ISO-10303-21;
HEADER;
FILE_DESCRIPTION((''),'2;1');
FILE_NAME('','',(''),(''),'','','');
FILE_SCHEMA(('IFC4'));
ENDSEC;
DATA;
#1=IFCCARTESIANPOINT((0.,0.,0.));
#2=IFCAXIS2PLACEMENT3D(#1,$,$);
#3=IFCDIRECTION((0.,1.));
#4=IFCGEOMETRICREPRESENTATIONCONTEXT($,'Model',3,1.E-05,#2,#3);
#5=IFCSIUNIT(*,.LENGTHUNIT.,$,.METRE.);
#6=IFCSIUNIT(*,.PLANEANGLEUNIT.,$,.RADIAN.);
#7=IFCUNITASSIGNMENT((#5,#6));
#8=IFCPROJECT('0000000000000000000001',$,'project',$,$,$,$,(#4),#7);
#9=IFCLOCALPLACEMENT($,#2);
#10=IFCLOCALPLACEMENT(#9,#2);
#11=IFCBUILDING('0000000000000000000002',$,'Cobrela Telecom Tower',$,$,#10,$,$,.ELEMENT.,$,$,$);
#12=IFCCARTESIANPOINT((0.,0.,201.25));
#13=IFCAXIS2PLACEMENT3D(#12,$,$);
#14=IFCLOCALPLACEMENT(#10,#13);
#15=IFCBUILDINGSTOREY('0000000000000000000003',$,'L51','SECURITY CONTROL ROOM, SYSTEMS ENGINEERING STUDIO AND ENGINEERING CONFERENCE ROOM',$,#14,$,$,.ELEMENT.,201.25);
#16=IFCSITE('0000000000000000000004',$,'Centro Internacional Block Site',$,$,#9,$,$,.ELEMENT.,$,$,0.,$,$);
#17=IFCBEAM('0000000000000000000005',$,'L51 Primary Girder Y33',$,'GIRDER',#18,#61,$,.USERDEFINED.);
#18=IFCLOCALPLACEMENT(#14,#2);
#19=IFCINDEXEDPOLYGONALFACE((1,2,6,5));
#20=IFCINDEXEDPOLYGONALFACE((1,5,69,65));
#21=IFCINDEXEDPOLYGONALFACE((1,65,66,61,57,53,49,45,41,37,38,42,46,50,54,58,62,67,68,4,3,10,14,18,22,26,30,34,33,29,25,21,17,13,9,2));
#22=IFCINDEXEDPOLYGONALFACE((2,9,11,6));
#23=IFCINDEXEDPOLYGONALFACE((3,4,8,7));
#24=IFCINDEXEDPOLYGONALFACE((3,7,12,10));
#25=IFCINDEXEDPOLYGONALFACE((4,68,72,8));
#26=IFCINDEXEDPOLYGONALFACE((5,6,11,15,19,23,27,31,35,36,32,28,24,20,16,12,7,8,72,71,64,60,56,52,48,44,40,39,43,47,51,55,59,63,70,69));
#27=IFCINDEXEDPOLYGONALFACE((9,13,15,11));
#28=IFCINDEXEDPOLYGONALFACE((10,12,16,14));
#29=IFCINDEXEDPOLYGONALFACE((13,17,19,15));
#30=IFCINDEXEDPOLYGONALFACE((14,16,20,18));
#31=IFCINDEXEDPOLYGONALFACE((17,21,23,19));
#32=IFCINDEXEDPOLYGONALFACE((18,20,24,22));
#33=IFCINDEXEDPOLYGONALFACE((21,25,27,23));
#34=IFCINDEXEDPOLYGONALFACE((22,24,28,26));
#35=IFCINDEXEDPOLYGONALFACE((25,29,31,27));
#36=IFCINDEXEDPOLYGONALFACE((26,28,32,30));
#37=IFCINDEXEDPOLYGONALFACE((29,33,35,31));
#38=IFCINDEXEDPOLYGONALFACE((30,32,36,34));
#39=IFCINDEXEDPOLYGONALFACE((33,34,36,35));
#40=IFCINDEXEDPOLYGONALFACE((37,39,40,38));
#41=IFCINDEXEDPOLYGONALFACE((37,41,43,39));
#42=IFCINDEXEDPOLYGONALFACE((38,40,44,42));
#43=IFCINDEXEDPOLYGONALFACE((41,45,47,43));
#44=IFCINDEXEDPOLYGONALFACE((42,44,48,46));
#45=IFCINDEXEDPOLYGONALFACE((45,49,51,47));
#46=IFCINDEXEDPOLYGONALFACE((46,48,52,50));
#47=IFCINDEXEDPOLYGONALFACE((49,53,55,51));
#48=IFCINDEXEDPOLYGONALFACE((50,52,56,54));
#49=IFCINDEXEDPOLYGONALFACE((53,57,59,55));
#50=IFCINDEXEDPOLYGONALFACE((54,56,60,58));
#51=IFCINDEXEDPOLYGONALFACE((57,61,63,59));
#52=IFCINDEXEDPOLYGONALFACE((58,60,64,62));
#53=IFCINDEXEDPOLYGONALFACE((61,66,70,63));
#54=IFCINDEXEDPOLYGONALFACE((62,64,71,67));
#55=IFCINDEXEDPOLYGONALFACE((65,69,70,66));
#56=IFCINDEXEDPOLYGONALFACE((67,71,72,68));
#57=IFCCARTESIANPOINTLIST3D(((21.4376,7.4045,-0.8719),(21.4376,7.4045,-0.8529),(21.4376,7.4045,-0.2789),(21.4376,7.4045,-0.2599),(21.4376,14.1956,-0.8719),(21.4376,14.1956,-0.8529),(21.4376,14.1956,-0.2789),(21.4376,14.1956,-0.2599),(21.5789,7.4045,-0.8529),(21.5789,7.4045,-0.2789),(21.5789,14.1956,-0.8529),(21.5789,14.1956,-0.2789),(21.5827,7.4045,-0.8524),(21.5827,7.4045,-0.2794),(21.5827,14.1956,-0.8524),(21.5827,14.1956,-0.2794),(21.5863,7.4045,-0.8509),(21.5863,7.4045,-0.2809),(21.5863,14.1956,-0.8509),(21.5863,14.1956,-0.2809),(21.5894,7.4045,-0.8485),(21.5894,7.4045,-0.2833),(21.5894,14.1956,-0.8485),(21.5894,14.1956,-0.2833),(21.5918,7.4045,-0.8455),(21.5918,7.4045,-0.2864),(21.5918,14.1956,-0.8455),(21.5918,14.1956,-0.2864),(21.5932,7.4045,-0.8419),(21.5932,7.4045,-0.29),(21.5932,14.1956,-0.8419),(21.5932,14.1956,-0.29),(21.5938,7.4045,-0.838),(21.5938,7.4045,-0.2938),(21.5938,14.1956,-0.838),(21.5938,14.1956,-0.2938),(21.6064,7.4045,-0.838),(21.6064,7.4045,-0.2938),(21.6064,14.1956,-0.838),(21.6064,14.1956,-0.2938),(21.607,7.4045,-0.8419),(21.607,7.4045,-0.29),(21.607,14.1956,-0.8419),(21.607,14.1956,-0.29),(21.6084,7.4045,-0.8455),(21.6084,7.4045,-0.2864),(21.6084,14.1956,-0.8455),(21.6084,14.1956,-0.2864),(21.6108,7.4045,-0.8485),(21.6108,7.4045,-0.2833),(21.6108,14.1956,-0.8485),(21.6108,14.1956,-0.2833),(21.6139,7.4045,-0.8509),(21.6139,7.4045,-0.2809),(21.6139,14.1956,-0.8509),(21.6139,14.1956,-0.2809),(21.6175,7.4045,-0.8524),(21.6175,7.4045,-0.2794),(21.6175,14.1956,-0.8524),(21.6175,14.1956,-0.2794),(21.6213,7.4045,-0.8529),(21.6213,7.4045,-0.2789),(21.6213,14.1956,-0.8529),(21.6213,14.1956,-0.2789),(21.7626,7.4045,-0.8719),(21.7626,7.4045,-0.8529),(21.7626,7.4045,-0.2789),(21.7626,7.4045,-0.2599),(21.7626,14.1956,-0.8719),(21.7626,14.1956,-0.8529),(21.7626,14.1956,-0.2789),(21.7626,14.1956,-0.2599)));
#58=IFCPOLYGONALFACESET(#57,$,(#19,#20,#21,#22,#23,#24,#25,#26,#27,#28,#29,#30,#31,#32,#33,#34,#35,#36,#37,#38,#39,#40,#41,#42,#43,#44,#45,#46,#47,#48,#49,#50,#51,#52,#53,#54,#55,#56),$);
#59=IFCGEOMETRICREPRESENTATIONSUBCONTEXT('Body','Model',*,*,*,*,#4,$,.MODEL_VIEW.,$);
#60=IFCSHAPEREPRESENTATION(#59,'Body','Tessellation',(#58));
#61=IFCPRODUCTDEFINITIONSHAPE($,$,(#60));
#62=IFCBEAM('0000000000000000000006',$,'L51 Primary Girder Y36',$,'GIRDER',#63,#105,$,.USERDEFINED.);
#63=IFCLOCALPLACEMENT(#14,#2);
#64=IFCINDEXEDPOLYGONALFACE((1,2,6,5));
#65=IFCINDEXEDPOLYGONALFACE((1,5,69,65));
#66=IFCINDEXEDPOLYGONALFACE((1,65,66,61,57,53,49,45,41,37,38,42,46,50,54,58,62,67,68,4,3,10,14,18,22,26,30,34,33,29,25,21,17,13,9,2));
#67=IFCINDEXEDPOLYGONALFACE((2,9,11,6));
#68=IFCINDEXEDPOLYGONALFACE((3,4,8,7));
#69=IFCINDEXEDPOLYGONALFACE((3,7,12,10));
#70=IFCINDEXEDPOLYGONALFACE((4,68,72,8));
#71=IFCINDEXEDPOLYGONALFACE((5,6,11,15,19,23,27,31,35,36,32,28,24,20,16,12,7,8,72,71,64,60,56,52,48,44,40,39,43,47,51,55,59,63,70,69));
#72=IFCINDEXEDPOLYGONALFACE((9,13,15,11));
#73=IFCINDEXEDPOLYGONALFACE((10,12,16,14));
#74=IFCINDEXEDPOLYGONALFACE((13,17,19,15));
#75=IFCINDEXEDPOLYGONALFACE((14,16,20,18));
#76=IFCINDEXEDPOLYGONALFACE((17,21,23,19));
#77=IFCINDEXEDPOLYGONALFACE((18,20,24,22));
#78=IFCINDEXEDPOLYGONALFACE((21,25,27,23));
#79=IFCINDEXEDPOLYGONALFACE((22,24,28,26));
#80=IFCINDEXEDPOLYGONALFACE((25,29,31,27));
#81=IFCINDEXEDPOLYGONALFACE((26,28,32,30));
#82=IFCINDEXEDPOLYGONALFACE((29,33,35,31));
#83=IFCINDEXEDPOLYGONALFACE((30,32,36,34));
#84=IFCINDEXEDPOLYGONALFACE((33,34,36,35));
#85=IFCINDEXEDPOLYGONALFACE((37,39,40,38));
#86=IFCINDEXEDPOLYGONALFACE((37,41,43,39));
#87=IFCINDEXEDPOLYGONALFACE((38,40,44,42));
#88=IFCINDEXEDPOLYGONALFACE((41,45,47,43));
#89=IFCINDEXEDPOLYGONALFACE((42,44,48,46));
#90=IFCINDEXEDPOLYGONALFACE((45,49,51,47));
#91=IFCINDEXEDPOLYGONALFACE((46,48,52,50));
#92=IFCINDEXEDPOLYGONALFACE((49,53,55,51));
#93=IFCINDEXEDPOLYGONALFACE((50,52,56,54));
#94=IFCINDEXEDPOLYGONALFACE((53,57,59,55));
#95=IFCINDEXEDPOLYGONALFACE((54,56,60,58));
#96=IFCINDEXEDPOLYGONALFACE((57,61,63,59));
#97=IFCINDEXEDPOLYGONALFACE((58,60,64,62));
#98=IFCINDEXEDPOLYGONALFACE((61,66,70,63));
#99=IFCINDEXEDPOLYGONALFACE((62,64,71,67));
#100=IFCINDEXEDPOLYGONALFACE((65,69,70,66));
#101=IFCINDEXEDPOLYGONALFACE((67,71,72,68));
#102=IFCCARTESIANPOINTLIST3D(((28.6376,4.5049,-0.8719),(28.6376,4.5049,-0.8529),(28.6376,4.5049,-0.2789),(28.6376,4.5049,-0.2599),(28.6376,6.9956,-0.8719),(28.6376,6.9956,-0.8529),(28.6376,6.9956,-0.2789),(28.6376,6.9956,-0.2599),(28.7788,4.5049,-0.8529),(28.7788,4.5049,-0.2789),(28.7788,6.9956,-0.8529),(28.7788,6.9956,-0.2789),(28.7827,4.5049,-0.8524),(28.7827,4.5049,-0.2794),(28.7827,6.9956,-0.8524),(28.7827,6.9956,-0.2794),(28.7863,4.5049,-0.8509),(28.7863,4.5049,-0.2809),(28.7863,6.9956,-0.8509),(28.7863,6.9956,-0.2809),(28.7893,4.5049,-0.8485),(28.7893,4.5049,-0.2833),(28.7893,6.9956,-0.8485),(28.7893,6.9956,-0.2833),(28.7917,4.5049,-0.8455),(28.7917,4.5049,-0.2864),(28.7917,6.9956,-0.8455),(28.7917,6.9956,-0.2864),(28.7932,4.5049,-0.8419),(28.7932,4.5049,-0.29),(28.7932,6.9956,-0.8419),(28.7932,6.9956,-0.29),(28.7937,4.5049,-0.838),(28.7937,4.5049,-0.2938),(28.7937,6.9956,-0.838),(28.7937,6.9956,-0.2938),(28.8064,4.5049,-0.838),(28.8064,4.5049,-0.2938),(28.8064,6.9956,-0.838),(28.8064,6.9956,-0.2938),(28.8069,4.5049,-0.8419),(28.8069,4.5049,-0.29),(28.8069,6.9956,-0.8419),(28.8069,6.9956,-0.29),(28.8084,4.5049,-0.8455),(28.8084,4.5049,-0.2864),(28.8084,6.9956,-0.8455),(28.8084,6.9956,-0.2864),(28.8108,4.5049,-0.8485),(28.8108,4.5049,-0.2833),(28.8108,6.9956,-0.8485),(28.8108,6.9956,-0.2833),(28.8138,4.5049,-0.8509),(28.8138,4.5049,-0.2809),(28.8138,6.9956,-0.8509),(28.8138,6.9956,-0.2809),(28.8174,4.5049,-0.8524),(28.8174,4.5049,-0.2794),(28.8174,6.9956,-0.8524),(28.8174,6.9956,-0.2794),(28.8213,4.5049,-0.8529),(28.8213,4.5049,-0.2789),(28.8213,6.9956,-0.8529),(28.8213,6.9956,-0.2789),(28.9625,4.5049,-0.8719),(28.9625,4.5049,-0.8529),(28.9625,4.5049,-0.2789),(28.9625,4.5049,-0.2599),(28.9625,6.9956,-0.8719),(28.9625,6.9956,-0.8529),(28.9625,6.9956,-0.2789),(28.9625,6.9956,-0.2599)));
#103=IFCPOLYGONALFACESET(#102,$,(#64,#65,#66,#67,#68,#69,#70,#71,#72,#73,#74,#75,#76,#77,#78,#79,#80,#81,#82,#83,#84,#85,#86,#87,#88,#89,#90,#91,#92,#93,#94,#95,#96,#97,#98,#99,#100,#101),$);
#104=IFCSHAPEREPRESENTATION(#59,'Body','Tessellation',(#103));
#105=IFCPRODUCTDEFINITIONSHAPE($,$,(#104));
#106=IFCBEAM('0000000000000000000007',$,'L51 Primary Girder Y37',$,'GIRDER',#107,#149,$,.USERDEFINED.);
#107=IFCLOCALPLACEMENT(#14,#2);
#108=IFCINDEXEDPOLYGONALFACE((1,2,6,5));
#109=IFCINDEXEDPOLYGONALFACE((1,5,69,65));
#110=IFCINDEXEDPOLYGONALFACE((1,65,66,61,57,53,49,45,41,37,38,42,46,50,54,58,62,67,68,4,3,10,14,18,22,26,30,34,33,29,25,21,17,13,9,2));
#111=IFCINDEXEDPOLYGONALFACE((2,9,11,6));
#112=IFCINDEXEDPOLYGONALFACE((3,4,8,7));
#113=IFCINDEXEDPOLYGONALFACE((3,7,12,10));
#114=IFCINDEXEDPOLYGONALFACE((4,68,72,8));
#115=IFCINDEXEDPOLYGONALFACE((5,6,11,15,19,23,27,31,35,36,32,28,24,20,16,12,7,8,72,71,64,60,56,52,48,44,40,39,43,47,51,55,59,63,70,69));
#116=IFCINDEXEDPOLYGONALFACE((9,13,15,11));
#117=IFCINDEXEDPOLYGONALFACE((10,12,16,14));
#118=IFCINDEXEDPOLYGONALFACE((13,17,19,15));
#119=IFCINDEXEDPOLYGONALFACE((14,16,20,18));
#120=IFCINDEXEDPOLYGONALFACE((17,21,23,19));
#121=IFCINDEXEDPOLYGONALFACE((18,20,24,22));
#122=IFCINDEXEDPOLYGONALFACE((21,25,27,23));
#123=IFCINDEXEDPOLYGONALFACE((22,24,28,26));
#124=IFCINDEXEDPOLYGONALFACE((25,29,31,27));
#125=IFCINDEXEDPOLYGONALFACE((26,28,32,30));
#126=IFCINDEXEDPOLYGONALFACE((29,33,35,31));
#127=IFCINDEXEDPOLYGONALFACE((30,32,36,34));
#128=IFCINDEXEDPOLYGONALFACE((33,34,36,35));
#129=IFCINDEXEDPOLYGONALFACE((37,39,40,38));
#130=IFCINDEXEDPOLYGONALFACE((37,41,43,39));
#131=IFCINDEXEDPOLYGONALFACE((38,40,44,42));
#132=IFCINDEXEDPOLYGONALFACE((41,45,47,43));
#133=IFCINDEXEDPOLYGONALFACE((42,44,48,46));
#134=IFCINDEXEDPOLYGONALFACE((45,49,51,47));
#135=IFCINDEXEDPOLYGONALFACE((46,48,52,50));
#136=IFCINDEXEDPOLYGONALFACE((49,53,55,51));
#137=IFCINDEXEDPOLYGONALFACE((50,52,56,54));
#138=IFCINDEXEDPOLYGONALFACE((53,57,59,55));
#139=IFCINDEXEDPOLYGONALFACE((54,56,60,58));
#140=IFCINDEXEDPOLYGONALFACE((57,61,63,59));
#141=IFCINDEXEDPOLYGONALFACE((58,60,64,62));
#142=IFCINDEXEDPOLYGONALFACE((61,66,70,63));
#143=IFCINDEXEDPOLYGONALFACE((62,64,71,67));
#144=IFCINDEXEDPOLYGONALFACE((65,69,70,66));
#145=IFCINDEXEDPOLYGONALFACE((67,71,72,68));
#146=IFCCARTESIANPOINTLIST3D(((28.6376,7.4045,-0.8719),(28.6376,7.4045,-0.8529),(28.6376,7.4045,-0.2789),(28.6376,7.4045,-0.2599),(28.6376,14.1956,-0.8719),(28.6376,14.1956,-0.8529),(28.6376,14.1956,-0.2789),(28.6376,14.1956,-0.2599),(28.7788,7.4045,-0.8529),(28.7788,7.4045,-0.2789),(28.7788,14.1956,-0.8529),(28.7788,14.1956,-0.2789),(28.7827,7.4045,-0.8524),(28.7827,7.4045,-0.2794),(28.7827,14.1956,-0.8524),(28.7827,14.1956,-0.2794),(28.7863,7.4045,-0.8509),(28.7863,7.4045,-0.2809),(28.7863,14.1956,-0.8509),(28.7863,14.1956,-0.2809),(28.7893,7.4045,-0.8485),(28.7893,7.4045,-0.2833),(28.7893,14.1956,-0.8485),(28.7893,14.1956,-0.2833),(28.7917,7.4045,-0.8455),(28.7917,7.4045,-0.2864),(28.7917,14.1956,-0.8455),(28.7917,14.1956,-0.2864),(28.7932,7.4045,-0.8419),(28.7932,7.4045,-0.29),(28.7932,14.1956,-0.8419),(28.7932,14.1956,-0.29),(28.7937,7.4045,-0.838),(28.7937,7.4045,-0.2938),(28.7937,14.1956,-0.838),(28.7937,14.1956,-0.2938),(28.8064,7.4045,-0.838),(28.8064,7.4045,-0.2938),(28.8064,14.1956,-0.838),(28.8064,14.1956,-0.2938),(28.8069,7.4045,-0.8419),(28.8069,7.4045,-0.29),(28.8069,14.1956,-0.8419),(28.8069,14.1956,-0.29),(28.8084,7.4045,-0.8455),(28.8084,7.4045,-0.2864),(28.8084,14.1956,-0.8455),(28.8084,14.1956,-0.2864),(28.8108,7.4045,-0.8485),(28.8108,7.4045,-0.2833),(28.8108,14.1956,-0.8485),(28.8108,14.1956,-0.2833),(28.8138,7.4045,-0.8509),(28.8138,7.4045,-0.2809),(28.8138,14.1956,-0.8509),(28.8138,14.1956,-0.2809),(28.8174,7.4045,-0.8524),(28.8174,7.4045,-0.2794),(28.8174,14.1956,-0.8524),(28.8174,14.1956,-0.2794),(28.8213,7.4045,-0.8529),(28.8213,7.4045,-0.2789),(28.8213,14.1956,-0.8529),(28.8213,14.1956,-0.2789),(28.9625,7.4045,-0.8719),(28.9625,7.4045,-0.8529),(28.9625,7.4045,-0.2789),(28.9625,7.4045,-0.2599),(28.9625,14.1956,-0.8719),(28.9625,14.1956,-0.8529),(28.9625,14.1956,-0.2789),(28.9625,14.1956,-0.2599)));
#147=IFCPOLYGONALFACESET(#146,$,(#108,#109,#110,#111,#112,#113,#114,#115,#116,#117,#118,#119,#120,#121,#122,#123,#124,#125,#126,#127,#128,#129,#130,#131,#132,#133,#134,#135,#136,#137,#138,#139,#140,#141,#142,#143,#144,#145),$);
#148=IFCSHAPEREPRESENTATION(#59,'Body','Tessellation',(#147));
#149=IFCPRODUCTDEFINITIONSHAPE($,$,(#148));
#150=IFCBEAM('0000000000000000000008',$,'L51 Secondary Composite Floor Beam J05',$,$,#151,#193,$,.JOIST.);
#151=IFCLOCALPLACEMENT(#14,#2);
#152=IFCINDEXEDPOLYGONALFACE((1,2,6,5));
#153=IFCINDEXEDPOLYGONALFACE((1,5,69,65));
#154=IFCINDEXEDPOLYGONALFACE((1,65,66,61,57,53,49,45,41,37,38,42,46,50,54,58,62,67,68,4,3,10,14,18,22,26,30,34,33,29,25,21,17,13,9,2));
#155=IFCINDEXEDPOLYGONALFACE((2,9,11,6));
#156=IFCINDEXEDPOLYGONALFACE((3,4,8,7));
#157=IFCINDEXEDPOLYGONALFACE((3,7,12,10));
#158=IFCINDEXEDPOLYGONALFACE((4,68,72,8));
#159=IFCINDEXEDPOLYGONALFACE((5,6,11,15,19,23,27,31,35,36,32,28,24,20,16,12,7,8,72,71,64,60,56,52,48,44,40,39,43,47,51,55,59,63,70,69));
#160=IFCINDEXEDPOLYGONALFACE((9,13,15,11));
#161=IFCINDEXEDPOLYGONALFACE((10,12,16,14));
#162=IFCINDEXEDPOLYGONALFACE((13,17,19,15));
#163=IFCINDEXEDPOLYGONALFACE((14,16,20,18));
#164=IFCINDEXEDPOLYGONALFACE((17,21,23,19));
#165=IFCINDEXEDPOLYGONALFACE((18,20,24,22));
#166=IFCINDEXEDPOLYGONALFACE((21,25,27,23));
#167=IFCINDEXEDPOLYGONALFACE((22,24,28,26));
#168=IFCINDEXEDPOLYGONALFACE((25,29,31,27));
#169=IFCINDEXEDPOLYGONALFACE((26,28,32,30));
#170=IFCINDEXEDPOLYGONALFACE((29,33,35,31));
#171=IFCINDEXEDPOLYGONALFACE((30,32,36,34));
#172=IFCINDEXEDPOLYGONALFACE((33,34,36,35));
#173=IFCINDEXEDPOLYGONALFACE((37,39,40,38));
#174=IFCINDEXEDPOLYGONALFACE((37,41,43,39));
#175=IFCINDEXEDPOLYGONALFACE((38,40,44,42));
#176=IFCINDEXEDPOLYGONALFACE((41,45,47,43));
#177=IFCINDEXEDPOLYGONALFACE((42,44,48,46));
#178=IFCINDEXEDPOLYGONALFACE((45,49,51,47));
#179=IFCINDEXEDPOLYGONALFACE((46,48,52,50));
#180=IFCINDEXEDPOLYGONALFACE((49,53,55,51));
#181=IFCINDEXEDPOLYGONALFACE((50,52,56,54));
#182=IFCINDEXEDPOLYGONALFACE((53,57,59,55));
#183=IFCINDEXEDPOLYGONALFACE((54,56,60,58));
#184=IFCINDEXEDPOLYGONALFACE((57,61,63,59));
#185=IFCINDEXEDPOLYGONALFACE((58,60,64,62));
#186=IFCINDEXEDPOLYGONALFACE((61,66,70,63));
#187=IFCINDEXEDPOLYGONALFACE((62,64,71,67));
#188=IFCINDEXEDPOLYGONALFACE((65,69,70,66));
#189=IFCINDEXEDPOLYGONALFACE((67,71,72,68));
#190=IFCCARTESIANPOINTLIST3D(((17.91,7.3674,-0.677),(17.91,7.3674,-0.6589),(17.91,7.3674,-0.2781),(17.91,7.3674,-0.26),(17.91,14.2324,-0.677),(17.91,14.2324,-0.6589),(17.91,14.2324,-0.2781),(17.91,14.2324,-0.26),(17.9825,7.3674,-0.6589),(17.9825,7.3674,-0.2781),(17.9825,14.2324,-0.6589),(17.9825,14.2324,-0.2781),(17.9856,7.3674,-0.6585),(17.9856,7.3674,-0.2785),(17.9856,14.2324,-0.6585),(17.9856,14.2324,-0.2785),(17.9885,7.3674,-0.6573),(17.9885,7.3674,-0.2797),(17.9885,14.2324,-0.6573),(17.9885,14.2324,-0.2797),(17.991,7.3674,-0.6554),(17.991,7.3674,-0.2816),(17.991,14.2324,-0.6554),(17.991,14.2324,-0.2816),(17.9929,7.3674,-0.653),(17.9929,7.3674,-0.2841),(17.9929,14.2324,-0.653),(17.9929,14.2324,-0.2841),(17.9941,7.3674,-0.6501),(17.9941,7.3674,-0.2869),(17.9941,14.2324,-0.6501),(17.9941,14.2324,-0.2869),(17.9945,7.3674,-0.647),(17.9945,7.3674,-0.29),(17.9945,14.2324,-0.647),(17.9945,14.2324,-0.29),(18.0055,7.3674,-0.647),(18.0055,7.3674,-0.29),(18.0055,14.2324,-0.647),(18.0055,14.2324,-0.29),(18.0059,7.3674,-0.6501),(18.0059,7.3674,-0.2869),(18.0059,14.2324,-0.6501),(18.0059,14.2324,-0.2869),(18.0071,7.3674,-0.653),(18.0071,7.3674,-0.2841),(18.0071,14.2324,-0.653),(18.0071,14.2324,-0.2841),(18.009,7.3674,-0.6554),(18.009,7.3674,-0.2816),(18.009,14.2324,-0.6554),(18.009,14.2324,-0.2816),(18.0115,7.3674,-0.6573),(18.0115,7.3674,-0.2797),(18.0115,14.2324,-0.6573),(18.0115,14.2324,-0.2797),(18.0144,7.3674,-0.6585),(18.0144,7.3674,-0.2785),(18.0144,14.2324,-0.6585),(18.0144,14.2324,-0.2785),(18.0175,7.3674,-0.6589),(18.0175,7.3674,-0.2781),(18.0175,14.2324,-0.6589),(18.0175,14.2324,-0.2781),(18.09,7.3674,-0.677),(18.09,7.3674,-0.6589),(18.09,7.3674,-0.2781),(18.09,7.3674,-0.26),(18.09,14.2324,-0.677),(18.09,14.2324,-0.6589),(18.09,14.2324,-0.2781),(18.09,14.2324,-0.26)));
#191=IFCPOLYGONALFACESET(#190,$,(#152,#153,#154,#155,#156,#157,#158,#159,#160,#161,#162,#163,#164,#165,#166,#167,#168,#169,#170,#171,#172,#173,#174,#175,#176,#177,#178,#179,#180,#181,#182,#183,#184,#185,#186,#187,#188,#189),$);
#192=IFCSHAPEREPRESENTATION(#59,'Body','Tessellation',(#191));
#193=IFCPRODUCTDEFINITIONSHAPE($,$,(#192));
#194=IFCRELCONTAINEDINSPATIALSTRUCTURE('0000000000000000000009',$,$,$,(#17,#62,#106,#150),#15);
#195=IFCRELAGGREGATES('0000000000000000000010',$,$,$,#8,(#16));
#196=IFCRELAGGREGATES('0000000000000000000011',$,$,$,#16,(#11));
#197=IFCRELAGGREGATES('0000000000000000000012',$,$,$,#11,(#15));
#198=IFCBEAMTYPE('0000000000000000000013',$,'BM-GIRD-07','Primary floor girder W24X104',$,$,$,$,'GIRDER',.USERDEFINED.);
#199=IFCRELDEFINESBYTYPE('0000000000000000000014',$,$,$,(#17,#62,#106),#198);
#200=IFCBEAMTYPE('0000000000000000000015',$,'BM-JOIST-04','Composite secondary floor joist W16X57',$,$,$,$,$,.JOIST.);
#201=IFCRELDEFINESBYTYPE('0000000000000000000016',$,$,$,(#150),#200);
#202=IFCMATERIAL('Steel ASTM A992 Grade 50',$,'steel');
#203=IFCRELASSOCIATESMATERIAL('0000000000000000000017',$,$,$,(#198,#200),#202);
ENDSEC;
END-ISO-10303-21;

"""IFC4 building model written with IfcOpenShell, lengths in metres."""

from ifc_helpers import new_model, si_unit, direction, frame, origin, origin_2d, place, context, subcontext, project, spatial, i_section, extrude, material, material_profile, profile_set, type_object, element, save


model = new_model("IFC4")

# Units and contexts
model_context = context("Model", 3, precision=1e-05, world=origin(), true_north=direction((0.0, 1.0)))
body_context = subcontext(model_context, "Body", "Model", "MODEL_VIEW")
ifc_project = project(units=[si_unit("LENGTHUNIT", "METRE"), si_unit("PLANEANGLEUNIT", "RADIAN")], contexts=[model_context])

# Site, building, storey
site_placement = place(None, origin())
site = spatial("IfcSite", under=ifc_project, at=site_placement, Name="Centro Internacional Block Site", CompositionType="ELEMENT", RefElevation=0.0)
building_placement = place(site_placement, origin())
building = spatial("IfcBuilding", under=site, at=building_placement, Name="Cobrela Telecom Tower", CompositionType="ELEMENT")
storey_placement = place(building_placement, frame((0.0, 0.0, 201.25)))
storey = spatial("IfcBuildingStorey", under=building, at=storey_placement, Name="L51", Description="SECURITY CONTROL ROOM, SYSTEMS ENGINEERING STUDIO AND ENGINEERING CONFERENCE ROOM", CompositionType="ELEMENT", Elevation=201.25)

# Shared definitions
ifc_material_1 = material(Name="Steel ASTM A992 Grade 50", Category="steel")

# Beams
ifc_material_profile_1 = material_profile(ifc_material_1, i_section(OverallWidth=0.325, OverallDepth=0.6121, WebThickness=0.0127, FlangeThickness=0.019, FilletRadius=0.0149, at=origin_2d()), Name="W24X104")
ifc_profile_set_1 = profile_set([ifc_material_profile_1], Name="Steel ASTM A992 Grade 50")
beam_type_1 = type_object("IfcBeamType", Name="BM-GIRD-07", Description="Primary floor girder W24X104", ElementType="GIRDER", PredefinedType="USERDEFINED", material=ifc_profile_set_1)
beam_1_placement = place(storey_placement, frame((21.6001, 7.4045, -0.5659), z_axis=(0.0, 1.0, 0.0), x_axis=(-1.0, 0.0, 0.0)))
element("IfcBeam", 1, at=beam_1_placement, inside=storey, type_object=beam_type_1, Name="L51 Primary Girder Y33", ObjectType="GIRDER", PredefinedType="USERDEFINED", context=body_context, shape_type="SweptSolid", body=[
    extrude(i_section(OverallWidth=0.325, OverallDepth=0.6121, WebThickness=0.0127, FlangeThickness=0.019, FilletRadius=0.0149, at=origin_2d()), origin(), (0.0, 0.0, 1.0), 6.791),
])
beam_2_placement = place(storey_placement, frame((28.8, 4.5049, -0.5659), z_axis=(0.0, 1.0, 0.0), x_axis=(-1.0, 0.0, 0.0)))
element("IfcBeam", 2, at=beam_2_placement, inside=storey, type_object=beam_type_1, Name="L51 Primary Girder Y36", ObjectType="GIRDER", PredefinedType="USERDEFINED", context=body_context, shape_type="SweptSolid", body=[
    extrude(i_section(OverallWidth=0.325, OverallDepth=0.6121, WebThickness=0.0127, FlangeThickness=0.019, FilletRadius=0.0149, at=origin_2d()), origin(), (0.0, 0.0, 1.0), 2.4907),
])
beam_3_placement = place(storey_placement, frame((28.8, 7.4045, -0.5659), z_axis=(0.0, 1.0, 0.0), x_axis=(-1.0, 0.0, 0.0)))
element("IfcBeam", 3, at=beam_3_placement, inside=storey, type_object=beam_type_1, Name="L51 Primary Girder Y37", ObjectType="GIRDER", PredefinedType="USERDEFINED", context=body_context, shape_type="SweptSolid", body=[
    extrude(i_section(OverallWidth=0.325, OverallDepth=0.6121, WebThickness=0.0127, FlangeThickness=0.019, FilletRadius=0.0149, at=origin_2d()), origin(), (0.0, 0.0, 1.0), 6.791),
])
ifc_material_profile_2 = material_profile(ifc_material_1, i_section(OverallWidth=0.1799, OverallDepth=0.417, WebThickness=0.011, FlangeThickness=0.0181, FilletRadius=0.012, at=origin_2d()), Name="W16X57")
ifc_profile_set_2 = profile_set([ifc_material_profile_2], Name="Steel ASTM A992 Grade 50")
beam_type_2 = type_object("IfcBeamType", Name="BM-JOIST-04", Description="Composite secondary floor joist W16X57", PredefinedType="JOIST", material=ifc_profile_set_2)
for number, where, z_axis, x_axis, name in (
    (4, (18.0, 7.3674, -0.4685), (0.0, 1.0, 0.0), (-1.0, 0.0, 0.0), "L51 Secondary Composite Floor Beam J05"),
):
    element("IfcBeam", number, at=place(storey_placement, frame(where, z_axis=z_axis, x_axis=x_axis)), inside=storey, type_object=beam_type_2, Name=name, PredefinedType="JOIST", context=body_context, shape_type="SweptSolid", body=[
        extrude(i_section(OverallWidth=0.1799, OverallDepth=0.417, WebThickness=0.011, FlangeThickness=0.0181, FilletRadius=0.012, at=origin_2d()), origin(), (0.0, 0.0, 1.0), 6.865),
    ])

save(model, "model.ifc")
